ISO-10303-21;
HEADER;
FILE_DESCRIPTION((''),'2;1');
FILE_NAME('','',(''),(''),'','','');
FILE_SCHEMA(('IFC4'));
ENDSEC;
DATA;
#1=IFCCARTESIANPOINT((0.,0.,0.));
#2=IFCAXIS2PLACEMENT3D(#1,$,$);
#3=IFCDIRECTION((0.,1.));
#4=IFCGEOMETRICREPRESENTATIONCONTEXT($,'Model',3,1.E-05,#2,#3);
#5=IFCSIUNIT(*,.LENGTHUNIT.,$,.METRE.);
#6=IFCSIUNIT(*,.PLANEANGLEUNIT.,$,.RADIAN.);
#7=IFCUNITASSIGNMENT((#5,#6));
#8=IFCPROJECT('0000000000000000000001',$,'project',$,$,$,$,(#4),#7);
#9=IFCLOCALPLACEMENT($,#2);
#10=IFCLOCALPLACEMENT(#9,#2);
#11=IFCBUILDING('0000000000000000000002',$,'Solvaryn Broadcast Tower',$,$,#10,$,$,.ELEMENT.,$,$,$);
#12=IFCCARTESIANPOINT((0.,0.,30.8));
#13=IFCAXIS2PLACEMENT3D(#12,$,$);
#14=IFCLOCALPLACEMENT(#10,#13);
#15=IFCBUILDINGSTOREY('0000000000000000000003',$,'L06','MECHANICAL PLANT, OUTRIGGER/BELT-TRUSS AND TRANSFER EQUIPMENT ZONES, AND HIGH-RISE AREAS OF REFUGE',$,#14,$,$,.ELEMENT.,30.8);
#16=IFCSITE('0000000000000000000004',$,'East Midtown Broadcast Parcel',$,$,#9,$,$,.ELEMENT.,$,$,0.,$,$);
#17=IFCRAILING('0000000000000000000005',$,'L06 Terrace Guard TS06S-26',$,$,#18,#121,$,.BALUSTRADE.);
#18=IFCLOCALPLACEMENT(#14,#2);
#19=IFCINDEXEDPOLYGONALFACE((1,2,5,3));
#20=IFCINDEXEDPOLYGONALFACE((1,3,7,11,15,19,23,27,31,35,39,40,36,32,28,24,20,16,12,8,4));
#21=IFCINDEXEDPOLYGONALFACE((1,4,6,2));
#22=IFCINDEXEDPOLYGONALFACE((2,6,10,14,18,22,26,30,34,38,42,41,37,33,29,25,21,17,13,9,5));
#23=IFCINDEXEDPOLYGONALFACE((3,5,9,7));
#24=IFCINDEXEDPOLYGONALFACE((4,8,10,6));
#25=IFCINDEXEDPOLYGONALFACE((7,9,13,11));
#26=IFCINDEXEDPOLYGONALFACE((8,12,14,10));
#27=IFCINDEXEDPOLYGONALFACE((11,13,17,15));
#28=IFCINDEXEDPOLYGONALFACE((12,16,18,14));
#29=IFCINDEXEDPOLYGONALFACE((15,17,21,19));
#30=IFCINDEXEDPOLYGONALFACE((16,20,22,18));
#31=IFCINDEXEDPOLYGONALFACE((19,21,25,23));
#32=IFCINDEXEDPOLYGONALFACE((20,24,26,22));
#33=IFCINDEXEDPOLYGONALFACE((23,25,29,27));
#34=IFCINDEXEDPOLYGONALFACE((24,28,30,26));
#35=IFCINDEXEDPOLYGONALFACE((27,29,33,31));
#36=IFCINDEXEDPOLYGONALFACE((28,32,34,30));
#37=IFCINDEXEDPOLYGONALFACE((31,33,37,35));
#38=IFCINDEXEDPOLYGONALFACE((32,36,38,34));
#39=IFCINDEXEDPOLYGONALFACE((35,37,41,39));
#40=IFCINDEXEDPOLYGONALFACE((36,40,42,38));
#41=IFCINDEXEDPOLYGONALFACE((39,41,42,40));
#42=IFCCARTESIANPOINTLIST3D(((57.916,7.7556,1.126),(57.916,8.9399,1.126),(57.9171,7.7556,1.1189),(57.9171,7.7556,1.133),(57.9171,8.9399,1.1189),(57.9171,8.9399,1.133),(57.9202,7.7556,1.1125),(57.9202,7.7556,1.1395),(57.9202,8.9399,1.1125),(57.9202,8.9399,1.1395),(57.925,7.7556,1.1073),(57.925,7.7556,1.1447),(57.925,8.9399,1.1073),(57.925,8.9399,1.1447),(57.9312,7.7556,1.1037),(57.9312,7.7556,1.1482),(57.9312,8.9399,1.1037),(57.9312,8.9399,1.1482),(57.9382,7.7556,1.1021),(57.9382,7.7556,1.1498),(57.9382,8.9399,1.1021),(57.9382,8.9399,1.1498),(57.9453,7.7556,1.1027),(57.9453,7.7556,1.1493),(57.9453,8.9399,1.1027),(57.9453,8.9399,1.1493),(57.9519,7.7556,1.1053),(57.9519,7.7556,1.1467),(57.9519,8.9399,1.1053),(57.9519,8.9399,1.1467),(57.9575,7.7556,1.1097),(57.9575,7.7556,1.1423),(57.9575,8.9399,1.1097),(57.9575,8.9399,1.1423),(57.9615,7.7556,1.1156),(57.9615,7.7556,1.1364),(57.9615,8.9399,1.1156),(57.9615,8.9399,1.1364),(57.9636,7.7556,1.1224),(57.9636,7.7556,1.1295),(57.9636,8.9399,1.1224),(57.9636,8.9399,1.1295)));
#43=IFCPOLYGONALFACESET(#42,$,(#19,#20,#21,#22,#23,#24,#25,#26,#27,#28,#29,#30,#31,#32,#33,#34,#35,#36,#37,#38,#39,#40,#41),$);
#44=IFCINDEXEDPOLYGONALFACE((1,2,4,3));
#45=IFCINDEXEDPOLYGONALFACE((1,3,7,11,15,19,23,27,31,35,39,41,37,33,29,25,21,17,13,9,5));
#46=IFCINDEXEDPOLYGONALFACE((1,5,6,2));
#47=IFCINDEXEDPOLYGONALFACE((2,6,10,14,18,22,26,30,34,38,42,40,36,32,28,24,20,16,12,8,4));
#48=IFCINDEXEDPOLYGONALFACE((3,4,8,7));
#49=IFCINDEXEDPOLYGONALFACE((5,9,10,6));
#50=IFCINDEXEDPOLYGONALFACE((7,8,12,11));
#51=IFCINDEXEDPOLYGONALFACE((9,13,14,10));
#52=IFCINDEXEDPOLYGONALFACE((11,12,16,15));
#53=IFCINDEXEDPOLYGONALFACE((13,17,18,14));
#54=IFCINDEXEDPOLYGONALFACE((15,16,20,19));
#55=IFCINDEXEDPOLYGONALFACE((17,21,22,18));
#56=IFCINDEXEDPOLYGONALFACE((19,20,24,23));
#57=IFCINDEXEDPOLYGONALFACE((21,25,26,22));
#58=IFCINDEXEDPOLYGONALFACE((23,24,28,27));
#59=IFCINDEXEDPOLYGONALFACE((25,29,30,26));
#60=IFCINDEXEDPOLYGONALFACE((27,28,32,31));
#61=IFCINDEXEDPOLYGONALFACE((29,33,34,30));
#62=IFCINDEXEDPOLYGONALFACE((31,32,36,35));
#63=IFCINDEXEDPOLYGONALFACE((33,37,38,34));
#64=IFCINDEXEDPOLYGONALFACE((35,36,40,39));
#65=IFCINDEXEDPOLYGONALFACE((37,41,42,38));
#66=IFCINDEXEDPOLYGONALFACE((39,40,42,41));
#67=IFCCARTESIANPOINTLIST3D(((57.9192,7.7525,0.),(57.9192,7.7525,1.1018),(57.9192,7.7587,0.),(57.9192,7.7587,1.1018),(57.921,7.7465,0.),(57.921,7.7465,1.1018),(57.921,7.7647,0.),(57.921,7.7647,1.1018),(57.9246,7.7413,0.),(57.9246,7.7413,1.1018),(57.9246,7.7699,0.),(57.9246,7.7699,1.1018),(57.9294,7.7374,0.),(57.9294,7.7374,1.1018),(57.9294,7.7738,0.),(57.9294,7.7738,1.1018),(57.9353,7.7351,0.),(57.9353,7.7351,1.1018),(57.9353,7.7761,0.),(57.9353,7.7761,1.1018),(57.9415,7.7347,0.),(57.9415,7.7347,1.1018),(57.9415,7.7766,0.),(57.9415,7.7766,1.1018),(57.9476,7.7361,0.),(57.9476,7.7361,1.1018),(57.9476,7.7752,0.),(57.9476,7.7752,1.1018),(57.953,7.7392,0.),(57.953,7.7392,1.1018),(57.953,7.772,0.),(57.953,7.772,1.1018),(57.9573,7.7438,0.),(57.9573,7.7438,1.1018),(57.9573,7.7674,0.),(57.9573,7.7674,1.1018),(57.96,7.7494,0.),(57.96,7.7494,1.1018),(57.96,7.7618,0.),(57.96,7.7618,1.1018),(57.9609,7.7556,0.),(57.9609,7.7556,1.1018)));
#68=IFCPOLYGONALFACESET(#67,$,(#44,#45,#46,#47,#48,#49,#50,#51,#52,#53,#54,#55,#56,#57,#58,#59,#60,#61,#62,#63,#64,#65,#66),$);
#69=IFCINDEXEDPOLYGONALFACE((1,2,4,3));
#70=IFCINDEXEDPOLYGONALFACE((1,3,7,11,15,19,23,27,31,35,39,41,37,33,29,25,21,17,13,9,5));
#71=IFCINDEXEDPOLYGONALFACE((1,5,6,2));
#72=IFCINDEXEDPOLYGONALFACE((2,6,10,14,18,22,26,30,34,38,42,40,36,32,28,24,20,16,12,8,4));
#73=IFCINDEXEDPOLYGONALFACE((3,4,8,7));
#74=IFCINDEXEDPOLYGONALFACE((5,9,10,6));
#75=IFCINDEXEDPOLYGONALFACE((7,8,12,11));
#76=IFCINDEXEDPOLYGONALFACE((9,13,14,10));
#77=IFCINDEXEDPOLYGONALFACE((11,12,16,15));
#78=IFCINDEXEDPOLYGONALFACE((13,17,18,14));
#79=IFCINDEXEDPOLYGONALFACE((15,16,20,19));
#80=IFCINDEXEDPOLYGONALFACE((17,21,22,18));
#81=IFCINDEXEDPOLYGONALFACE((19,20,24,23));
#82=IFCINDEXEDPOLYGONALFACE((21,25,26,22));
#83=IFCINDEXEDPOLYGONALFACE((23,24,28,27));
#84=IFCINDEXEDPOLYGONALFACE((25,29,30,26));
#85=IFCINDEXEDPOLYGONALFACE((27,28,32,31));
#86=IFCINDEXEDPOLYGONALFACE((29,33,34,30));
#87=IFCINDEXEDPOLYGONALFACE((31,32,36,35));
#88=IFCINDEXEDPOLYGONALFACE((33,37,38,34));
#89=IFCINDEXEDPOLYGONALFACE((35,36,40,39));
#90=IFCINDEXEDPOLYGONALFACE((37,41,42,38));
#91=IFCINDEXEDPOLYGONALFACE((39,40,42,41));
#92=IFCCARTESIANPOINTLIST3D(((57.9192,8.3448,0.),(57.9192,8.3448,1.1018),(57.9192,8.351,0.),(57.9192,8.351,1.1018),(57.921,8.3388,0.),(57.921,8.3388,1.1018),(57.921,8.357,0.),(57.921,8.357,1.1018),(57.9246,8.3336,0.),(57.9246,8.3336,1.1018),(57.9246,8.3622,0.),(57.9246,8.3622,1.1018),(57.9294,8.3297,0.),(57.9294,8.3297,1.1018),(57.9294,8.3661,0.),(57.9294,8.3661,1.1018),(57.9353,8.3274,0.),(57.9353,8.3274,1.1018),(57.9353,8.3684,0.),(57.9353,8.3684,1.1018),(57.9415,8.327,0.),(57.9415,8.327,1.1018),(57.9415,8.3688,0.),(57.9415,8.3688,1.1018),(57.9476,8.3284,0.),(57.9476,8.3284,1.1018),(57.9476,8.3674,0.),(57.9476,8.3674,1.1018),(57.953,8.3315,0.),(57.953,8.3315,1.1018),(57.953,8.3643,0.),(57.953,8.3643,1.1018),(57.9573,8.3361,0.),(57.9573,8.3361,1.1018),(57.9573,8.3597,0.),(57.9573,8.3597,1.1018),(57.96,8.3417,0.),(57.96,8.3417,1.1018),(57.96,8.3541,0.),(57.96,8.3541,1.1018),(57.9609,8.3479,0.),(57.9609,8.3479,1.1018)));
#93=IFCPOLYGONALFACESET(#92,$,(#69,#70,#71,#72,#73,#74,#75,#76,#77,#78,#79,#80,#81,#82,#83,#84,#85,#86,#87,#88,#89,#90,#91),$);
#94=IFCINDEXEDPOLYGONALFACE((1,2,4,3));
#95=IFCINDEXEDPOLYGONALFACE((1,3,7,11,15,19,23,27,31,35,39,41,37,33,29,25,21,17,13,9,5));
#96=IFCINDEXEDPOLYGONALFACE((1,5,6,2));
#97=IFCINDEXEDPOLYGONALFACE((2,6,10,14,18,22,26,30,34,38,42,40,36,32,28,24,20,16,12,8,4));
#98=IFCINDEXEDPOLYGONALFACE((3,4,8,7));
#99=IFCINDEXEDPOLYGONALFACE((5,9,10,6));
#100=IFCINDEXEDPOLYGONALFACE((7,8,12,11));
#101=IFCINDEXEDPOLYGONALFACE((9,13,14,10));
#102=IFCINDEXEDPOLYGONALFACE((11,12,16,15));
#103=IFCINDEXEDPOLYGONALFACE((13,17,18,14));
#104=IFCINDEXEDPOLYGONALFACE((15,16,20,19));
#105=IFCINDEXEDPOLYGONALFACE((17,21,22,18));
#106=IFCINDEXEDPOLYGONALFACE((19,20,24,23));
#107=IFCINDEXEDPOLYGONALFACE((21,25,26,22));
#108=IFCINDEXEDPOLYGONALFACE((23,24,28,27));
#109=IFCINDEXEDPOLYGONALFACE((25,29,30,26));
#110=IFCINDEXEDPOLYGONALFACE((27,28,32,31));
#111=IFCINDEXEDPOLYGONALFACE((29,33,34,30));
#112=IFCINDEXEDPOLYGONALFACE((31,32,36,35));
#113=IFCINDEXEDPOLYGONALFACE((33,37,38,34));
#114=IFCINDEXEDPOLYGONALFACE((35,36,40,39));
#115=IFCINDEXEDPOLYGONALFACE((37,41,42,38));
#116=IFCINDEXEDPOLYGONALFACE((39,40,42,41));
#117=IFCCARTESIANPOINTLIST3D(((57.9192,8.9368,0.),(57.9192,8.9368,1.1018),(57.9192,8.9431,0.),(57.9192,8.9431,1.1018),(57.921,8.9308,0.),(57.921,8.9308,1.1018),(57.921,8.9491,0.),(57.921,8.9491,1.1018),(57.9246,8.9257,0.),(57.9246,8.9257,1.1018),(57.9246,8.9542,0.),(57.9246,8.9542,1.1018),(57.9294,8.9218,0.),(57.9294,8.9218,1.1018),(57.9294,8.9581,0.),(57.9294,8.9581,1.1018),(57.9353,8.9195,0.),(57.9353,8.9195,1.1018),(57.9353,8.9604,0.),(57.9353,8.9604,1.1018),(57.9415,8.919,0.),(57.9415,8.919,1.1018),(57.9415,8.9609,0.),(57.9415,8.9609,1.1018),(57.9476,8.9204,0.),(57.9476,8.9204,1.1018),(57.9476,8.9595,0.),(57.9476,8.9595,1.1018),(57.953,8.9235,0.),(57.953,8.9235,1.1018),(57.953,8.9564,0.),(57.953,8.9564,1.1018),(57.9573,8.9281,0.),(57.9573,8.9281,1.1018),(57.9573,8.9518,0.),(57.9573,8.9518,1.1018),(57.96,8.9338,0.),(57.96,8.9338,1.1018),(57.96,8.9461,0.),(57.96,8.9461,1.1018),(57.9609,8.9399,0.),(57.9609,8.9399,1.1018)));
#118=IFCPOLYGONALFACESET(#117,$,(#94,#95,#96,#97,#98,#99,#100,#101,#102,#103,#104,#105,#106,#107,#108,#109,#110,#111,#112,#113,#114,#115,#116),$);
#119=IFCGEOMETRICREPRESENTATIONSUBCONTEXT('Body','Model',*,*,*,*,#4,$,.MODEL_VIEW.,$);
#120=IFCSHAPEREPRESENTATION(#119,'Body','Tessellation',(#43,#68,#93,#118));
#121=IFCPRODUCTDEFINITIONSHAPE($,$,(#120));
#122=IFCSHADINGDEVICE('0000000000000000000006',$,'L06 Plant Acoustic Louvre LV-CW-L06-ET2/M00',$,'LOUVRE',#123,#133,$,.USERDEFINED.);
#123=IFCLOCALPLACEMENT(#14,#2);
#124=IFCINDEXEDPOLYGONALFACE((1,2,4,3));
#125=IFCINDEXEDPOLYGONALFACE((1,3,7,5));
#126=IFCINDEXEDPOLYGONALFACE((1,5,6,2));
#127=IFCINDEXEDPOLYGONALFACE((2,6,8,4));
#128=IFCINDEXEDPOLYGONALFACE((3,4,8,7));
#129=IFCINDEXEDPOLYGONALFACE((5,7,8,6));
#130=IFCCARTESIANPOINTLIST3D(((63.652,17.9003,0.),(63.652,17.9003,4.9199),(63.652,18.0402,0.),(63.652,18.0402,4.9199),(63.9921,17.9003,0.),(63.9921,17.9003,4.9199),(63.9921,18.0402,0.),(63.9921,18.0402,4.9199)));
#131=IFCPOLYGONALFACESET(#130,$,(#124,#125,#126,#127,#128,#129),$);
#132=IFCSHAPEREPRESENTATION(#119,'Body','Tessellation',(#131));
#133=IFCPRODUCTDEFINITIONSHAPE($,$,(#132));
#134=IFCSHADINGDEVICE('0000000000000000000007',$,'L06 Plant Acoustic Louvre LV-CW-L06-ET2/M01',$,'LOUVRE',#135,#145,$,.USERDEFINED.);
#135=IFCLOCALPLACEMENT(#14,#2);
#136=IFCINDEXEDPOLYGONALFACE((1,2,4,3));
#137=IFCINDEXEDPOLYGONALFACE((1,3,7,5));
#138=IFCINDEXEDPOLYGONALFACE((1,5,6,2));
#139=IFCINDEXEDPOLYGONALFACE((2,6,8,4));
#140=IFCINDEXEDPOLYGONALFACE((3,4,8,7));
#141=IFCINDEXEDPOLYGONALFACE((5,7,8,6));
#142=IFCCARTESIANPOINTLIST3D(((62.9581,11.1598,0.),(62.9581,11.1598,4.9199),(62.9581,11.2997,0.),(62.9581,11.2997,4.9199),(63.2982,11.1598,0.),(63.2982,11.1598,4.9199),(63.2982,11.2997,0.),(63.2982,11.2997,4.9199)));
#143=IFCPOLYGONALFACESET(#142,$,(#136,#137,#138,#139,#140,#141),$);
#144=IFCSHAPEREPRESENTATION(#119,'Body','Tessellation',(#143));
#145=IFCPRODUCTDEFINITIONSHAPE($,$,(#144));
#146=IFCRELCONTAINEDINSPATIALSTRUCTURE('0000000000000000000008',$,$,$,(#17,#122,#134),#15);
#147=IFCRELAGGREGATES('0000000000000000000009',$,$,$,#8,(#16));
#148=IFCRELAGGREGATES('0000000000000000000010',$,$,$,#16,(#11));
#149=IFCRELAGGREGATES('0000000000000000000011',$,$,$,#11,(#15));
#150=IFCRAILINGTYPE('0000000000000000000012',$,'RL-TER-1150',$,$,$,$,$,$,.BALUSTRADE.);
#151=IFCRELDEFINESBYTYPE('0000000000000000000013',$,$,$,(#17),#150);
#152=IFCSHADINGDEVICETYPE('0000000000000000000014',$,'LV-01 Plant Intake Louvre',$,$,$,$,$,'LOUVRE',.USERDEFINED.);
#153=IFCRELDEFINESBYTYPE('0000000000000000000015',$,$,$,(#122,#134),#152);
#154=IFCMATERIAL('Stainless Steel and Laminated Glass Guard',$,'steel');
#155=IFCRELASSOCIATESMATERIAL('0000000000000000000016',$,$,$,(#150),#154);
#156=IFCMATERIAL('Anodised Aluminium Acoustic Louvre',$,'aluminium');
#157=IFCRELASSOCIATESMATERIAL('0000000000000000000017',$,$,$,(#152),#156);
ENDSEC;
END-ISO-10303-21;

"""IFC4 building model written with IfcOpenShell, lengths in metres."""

from ifc_helpers import new_model, si_unit, direction, frame, origin, origin_2d, place, context, subcontext, project, spatial, rectangle, circle, extrude, material, type_object, element, save


model = new_model("IFC4")

# Units and contexts
model_context = context("Model", 3, precision=1e-05, world=origin(), true_north=direction((0.0, 1.0)))
body_context = subcontext(model_context, "Body", "Model", "MODEL_VIEW")
ifc_project = project(units=[si_unit("LENGTHUNIT", "METRE"), si_unit("PLANEANGLEUNIT", "RADIAN")], contexts=[model_context])

# Site, building, storey
site_placement = place(None, origin())
site = spatial("IfcSite", under=ifc_project, at=site_placement, Name="East Midtown Broadcast Parcel", CompositionType="ELEMENT", RefElevation=0.0)
building_placement = place(site_placement, origin())
building = spatial("IfcBuilding", under=site, at=building_placement, Name="Solvaryn Broadcast Tower", CompositionType="ELEMENT")
storey_placement = place(building_placement, frame((0.0, 0.0, 30.8)))
storey = spatial("IfcBuildingStorey", under=building, at=storey_placement, Name="L06", Description="MECHANICAL PLANT, OUTRIGGER/BELT-TRUSS AND TRANSFER EQUIPMENT ZONES, AND HIGH-RISE AREAS OF REFUGE", CompositionType="ELEMENT", Elevation=30.8)

# Railing
ifc_material_1 = material(Name="Stainless Steel and Laminated Glass Guard", Category="steel")
railing_type = type_object("IfcRailingType", Name="RL-TER-1150", PredefinedType="BALUSTRADE", material=ifc_material_1)
railing_1_placement = place(storey_placement, frame((57.9399, 7.7556, 0.0)))
element("IfcRailing", 1, at=railing_1_placement, inside=storey, type_object=railing_type, Name="L06 Terrace Guard TS06S-26", PredefinedType="BALUSTRADE", context=body_context, shape_type="SweptSolid", body=[
    extrude(circle(Radius=0.0239, at=origin_2d()), frame((0.0, 0.0, 1.126), z_axis=(0.0, 1.0, 0.0), x_axis=(-1.0, 0.0, 0.0)), (0.0, 0.0, 1.0), 1.1843),
    extrude(circle(Radius=0.021, at=origin_2d()), origin(), (0.0, 0.0, 1.0), 1.1018),
    extrude(circle(Radius=0.021, at=origin_2d()), frame((0.0, 0.5923, 0.0)), (0.0, 0.0, 1.0), 1.1018),
    extrude(circle(Radius=0.021, at=origin_2d()), frame((0.0, 1.1843, 0.0)), (0.0, 0.0, 1.0), 1.1018),
])

# Shading devices
ifc_material_2 = material(Name="Anodised Aluminium Acoustic Louvre", Category="aluminium")
shading_device_type = type_object("IfcShadingDeviceType", Name="LV-01 Plant Intake Louvre", ElementType="LOUVRE", PredefinedType="USERDEFINED", material=ifc_material_2)
for number, where, z_axis, x_axis, name in (
    (2, (63.822, 17.9702, 0.0), (0.0, 0.0, 1.0), (1.0, 0.0, 0.0), "L06 Plant Acoustic Louvre LV-CW-L06-ET2/M00"),
    (3, (63.1282, 11.2297, 0.0), (0.0, 0.0, 1.0), (1.0, 0.0, 0.0), "L06 Plant Acoustic Louvre LV-CW-L06-ET2/M01"),
):
    element("IfcShadingDevice", number, at=place(storey_placement, frame(where, z_axis=z_axis, x_axis=x_axis)), inside=storey, type_object=shading_device_type, Name=name, ObjectType="LOUVRE", PredefinedType="USERDEFINED", context=body_context, shape_type="SweptSolid", body=[
        extrude(rectangle(XDim=0.3401, YDim=0.1399, at=origin_2d()), origin(), (0.0, 0.0, 1.0), 4.9199),
    ])

save(model, "model.ifc")
